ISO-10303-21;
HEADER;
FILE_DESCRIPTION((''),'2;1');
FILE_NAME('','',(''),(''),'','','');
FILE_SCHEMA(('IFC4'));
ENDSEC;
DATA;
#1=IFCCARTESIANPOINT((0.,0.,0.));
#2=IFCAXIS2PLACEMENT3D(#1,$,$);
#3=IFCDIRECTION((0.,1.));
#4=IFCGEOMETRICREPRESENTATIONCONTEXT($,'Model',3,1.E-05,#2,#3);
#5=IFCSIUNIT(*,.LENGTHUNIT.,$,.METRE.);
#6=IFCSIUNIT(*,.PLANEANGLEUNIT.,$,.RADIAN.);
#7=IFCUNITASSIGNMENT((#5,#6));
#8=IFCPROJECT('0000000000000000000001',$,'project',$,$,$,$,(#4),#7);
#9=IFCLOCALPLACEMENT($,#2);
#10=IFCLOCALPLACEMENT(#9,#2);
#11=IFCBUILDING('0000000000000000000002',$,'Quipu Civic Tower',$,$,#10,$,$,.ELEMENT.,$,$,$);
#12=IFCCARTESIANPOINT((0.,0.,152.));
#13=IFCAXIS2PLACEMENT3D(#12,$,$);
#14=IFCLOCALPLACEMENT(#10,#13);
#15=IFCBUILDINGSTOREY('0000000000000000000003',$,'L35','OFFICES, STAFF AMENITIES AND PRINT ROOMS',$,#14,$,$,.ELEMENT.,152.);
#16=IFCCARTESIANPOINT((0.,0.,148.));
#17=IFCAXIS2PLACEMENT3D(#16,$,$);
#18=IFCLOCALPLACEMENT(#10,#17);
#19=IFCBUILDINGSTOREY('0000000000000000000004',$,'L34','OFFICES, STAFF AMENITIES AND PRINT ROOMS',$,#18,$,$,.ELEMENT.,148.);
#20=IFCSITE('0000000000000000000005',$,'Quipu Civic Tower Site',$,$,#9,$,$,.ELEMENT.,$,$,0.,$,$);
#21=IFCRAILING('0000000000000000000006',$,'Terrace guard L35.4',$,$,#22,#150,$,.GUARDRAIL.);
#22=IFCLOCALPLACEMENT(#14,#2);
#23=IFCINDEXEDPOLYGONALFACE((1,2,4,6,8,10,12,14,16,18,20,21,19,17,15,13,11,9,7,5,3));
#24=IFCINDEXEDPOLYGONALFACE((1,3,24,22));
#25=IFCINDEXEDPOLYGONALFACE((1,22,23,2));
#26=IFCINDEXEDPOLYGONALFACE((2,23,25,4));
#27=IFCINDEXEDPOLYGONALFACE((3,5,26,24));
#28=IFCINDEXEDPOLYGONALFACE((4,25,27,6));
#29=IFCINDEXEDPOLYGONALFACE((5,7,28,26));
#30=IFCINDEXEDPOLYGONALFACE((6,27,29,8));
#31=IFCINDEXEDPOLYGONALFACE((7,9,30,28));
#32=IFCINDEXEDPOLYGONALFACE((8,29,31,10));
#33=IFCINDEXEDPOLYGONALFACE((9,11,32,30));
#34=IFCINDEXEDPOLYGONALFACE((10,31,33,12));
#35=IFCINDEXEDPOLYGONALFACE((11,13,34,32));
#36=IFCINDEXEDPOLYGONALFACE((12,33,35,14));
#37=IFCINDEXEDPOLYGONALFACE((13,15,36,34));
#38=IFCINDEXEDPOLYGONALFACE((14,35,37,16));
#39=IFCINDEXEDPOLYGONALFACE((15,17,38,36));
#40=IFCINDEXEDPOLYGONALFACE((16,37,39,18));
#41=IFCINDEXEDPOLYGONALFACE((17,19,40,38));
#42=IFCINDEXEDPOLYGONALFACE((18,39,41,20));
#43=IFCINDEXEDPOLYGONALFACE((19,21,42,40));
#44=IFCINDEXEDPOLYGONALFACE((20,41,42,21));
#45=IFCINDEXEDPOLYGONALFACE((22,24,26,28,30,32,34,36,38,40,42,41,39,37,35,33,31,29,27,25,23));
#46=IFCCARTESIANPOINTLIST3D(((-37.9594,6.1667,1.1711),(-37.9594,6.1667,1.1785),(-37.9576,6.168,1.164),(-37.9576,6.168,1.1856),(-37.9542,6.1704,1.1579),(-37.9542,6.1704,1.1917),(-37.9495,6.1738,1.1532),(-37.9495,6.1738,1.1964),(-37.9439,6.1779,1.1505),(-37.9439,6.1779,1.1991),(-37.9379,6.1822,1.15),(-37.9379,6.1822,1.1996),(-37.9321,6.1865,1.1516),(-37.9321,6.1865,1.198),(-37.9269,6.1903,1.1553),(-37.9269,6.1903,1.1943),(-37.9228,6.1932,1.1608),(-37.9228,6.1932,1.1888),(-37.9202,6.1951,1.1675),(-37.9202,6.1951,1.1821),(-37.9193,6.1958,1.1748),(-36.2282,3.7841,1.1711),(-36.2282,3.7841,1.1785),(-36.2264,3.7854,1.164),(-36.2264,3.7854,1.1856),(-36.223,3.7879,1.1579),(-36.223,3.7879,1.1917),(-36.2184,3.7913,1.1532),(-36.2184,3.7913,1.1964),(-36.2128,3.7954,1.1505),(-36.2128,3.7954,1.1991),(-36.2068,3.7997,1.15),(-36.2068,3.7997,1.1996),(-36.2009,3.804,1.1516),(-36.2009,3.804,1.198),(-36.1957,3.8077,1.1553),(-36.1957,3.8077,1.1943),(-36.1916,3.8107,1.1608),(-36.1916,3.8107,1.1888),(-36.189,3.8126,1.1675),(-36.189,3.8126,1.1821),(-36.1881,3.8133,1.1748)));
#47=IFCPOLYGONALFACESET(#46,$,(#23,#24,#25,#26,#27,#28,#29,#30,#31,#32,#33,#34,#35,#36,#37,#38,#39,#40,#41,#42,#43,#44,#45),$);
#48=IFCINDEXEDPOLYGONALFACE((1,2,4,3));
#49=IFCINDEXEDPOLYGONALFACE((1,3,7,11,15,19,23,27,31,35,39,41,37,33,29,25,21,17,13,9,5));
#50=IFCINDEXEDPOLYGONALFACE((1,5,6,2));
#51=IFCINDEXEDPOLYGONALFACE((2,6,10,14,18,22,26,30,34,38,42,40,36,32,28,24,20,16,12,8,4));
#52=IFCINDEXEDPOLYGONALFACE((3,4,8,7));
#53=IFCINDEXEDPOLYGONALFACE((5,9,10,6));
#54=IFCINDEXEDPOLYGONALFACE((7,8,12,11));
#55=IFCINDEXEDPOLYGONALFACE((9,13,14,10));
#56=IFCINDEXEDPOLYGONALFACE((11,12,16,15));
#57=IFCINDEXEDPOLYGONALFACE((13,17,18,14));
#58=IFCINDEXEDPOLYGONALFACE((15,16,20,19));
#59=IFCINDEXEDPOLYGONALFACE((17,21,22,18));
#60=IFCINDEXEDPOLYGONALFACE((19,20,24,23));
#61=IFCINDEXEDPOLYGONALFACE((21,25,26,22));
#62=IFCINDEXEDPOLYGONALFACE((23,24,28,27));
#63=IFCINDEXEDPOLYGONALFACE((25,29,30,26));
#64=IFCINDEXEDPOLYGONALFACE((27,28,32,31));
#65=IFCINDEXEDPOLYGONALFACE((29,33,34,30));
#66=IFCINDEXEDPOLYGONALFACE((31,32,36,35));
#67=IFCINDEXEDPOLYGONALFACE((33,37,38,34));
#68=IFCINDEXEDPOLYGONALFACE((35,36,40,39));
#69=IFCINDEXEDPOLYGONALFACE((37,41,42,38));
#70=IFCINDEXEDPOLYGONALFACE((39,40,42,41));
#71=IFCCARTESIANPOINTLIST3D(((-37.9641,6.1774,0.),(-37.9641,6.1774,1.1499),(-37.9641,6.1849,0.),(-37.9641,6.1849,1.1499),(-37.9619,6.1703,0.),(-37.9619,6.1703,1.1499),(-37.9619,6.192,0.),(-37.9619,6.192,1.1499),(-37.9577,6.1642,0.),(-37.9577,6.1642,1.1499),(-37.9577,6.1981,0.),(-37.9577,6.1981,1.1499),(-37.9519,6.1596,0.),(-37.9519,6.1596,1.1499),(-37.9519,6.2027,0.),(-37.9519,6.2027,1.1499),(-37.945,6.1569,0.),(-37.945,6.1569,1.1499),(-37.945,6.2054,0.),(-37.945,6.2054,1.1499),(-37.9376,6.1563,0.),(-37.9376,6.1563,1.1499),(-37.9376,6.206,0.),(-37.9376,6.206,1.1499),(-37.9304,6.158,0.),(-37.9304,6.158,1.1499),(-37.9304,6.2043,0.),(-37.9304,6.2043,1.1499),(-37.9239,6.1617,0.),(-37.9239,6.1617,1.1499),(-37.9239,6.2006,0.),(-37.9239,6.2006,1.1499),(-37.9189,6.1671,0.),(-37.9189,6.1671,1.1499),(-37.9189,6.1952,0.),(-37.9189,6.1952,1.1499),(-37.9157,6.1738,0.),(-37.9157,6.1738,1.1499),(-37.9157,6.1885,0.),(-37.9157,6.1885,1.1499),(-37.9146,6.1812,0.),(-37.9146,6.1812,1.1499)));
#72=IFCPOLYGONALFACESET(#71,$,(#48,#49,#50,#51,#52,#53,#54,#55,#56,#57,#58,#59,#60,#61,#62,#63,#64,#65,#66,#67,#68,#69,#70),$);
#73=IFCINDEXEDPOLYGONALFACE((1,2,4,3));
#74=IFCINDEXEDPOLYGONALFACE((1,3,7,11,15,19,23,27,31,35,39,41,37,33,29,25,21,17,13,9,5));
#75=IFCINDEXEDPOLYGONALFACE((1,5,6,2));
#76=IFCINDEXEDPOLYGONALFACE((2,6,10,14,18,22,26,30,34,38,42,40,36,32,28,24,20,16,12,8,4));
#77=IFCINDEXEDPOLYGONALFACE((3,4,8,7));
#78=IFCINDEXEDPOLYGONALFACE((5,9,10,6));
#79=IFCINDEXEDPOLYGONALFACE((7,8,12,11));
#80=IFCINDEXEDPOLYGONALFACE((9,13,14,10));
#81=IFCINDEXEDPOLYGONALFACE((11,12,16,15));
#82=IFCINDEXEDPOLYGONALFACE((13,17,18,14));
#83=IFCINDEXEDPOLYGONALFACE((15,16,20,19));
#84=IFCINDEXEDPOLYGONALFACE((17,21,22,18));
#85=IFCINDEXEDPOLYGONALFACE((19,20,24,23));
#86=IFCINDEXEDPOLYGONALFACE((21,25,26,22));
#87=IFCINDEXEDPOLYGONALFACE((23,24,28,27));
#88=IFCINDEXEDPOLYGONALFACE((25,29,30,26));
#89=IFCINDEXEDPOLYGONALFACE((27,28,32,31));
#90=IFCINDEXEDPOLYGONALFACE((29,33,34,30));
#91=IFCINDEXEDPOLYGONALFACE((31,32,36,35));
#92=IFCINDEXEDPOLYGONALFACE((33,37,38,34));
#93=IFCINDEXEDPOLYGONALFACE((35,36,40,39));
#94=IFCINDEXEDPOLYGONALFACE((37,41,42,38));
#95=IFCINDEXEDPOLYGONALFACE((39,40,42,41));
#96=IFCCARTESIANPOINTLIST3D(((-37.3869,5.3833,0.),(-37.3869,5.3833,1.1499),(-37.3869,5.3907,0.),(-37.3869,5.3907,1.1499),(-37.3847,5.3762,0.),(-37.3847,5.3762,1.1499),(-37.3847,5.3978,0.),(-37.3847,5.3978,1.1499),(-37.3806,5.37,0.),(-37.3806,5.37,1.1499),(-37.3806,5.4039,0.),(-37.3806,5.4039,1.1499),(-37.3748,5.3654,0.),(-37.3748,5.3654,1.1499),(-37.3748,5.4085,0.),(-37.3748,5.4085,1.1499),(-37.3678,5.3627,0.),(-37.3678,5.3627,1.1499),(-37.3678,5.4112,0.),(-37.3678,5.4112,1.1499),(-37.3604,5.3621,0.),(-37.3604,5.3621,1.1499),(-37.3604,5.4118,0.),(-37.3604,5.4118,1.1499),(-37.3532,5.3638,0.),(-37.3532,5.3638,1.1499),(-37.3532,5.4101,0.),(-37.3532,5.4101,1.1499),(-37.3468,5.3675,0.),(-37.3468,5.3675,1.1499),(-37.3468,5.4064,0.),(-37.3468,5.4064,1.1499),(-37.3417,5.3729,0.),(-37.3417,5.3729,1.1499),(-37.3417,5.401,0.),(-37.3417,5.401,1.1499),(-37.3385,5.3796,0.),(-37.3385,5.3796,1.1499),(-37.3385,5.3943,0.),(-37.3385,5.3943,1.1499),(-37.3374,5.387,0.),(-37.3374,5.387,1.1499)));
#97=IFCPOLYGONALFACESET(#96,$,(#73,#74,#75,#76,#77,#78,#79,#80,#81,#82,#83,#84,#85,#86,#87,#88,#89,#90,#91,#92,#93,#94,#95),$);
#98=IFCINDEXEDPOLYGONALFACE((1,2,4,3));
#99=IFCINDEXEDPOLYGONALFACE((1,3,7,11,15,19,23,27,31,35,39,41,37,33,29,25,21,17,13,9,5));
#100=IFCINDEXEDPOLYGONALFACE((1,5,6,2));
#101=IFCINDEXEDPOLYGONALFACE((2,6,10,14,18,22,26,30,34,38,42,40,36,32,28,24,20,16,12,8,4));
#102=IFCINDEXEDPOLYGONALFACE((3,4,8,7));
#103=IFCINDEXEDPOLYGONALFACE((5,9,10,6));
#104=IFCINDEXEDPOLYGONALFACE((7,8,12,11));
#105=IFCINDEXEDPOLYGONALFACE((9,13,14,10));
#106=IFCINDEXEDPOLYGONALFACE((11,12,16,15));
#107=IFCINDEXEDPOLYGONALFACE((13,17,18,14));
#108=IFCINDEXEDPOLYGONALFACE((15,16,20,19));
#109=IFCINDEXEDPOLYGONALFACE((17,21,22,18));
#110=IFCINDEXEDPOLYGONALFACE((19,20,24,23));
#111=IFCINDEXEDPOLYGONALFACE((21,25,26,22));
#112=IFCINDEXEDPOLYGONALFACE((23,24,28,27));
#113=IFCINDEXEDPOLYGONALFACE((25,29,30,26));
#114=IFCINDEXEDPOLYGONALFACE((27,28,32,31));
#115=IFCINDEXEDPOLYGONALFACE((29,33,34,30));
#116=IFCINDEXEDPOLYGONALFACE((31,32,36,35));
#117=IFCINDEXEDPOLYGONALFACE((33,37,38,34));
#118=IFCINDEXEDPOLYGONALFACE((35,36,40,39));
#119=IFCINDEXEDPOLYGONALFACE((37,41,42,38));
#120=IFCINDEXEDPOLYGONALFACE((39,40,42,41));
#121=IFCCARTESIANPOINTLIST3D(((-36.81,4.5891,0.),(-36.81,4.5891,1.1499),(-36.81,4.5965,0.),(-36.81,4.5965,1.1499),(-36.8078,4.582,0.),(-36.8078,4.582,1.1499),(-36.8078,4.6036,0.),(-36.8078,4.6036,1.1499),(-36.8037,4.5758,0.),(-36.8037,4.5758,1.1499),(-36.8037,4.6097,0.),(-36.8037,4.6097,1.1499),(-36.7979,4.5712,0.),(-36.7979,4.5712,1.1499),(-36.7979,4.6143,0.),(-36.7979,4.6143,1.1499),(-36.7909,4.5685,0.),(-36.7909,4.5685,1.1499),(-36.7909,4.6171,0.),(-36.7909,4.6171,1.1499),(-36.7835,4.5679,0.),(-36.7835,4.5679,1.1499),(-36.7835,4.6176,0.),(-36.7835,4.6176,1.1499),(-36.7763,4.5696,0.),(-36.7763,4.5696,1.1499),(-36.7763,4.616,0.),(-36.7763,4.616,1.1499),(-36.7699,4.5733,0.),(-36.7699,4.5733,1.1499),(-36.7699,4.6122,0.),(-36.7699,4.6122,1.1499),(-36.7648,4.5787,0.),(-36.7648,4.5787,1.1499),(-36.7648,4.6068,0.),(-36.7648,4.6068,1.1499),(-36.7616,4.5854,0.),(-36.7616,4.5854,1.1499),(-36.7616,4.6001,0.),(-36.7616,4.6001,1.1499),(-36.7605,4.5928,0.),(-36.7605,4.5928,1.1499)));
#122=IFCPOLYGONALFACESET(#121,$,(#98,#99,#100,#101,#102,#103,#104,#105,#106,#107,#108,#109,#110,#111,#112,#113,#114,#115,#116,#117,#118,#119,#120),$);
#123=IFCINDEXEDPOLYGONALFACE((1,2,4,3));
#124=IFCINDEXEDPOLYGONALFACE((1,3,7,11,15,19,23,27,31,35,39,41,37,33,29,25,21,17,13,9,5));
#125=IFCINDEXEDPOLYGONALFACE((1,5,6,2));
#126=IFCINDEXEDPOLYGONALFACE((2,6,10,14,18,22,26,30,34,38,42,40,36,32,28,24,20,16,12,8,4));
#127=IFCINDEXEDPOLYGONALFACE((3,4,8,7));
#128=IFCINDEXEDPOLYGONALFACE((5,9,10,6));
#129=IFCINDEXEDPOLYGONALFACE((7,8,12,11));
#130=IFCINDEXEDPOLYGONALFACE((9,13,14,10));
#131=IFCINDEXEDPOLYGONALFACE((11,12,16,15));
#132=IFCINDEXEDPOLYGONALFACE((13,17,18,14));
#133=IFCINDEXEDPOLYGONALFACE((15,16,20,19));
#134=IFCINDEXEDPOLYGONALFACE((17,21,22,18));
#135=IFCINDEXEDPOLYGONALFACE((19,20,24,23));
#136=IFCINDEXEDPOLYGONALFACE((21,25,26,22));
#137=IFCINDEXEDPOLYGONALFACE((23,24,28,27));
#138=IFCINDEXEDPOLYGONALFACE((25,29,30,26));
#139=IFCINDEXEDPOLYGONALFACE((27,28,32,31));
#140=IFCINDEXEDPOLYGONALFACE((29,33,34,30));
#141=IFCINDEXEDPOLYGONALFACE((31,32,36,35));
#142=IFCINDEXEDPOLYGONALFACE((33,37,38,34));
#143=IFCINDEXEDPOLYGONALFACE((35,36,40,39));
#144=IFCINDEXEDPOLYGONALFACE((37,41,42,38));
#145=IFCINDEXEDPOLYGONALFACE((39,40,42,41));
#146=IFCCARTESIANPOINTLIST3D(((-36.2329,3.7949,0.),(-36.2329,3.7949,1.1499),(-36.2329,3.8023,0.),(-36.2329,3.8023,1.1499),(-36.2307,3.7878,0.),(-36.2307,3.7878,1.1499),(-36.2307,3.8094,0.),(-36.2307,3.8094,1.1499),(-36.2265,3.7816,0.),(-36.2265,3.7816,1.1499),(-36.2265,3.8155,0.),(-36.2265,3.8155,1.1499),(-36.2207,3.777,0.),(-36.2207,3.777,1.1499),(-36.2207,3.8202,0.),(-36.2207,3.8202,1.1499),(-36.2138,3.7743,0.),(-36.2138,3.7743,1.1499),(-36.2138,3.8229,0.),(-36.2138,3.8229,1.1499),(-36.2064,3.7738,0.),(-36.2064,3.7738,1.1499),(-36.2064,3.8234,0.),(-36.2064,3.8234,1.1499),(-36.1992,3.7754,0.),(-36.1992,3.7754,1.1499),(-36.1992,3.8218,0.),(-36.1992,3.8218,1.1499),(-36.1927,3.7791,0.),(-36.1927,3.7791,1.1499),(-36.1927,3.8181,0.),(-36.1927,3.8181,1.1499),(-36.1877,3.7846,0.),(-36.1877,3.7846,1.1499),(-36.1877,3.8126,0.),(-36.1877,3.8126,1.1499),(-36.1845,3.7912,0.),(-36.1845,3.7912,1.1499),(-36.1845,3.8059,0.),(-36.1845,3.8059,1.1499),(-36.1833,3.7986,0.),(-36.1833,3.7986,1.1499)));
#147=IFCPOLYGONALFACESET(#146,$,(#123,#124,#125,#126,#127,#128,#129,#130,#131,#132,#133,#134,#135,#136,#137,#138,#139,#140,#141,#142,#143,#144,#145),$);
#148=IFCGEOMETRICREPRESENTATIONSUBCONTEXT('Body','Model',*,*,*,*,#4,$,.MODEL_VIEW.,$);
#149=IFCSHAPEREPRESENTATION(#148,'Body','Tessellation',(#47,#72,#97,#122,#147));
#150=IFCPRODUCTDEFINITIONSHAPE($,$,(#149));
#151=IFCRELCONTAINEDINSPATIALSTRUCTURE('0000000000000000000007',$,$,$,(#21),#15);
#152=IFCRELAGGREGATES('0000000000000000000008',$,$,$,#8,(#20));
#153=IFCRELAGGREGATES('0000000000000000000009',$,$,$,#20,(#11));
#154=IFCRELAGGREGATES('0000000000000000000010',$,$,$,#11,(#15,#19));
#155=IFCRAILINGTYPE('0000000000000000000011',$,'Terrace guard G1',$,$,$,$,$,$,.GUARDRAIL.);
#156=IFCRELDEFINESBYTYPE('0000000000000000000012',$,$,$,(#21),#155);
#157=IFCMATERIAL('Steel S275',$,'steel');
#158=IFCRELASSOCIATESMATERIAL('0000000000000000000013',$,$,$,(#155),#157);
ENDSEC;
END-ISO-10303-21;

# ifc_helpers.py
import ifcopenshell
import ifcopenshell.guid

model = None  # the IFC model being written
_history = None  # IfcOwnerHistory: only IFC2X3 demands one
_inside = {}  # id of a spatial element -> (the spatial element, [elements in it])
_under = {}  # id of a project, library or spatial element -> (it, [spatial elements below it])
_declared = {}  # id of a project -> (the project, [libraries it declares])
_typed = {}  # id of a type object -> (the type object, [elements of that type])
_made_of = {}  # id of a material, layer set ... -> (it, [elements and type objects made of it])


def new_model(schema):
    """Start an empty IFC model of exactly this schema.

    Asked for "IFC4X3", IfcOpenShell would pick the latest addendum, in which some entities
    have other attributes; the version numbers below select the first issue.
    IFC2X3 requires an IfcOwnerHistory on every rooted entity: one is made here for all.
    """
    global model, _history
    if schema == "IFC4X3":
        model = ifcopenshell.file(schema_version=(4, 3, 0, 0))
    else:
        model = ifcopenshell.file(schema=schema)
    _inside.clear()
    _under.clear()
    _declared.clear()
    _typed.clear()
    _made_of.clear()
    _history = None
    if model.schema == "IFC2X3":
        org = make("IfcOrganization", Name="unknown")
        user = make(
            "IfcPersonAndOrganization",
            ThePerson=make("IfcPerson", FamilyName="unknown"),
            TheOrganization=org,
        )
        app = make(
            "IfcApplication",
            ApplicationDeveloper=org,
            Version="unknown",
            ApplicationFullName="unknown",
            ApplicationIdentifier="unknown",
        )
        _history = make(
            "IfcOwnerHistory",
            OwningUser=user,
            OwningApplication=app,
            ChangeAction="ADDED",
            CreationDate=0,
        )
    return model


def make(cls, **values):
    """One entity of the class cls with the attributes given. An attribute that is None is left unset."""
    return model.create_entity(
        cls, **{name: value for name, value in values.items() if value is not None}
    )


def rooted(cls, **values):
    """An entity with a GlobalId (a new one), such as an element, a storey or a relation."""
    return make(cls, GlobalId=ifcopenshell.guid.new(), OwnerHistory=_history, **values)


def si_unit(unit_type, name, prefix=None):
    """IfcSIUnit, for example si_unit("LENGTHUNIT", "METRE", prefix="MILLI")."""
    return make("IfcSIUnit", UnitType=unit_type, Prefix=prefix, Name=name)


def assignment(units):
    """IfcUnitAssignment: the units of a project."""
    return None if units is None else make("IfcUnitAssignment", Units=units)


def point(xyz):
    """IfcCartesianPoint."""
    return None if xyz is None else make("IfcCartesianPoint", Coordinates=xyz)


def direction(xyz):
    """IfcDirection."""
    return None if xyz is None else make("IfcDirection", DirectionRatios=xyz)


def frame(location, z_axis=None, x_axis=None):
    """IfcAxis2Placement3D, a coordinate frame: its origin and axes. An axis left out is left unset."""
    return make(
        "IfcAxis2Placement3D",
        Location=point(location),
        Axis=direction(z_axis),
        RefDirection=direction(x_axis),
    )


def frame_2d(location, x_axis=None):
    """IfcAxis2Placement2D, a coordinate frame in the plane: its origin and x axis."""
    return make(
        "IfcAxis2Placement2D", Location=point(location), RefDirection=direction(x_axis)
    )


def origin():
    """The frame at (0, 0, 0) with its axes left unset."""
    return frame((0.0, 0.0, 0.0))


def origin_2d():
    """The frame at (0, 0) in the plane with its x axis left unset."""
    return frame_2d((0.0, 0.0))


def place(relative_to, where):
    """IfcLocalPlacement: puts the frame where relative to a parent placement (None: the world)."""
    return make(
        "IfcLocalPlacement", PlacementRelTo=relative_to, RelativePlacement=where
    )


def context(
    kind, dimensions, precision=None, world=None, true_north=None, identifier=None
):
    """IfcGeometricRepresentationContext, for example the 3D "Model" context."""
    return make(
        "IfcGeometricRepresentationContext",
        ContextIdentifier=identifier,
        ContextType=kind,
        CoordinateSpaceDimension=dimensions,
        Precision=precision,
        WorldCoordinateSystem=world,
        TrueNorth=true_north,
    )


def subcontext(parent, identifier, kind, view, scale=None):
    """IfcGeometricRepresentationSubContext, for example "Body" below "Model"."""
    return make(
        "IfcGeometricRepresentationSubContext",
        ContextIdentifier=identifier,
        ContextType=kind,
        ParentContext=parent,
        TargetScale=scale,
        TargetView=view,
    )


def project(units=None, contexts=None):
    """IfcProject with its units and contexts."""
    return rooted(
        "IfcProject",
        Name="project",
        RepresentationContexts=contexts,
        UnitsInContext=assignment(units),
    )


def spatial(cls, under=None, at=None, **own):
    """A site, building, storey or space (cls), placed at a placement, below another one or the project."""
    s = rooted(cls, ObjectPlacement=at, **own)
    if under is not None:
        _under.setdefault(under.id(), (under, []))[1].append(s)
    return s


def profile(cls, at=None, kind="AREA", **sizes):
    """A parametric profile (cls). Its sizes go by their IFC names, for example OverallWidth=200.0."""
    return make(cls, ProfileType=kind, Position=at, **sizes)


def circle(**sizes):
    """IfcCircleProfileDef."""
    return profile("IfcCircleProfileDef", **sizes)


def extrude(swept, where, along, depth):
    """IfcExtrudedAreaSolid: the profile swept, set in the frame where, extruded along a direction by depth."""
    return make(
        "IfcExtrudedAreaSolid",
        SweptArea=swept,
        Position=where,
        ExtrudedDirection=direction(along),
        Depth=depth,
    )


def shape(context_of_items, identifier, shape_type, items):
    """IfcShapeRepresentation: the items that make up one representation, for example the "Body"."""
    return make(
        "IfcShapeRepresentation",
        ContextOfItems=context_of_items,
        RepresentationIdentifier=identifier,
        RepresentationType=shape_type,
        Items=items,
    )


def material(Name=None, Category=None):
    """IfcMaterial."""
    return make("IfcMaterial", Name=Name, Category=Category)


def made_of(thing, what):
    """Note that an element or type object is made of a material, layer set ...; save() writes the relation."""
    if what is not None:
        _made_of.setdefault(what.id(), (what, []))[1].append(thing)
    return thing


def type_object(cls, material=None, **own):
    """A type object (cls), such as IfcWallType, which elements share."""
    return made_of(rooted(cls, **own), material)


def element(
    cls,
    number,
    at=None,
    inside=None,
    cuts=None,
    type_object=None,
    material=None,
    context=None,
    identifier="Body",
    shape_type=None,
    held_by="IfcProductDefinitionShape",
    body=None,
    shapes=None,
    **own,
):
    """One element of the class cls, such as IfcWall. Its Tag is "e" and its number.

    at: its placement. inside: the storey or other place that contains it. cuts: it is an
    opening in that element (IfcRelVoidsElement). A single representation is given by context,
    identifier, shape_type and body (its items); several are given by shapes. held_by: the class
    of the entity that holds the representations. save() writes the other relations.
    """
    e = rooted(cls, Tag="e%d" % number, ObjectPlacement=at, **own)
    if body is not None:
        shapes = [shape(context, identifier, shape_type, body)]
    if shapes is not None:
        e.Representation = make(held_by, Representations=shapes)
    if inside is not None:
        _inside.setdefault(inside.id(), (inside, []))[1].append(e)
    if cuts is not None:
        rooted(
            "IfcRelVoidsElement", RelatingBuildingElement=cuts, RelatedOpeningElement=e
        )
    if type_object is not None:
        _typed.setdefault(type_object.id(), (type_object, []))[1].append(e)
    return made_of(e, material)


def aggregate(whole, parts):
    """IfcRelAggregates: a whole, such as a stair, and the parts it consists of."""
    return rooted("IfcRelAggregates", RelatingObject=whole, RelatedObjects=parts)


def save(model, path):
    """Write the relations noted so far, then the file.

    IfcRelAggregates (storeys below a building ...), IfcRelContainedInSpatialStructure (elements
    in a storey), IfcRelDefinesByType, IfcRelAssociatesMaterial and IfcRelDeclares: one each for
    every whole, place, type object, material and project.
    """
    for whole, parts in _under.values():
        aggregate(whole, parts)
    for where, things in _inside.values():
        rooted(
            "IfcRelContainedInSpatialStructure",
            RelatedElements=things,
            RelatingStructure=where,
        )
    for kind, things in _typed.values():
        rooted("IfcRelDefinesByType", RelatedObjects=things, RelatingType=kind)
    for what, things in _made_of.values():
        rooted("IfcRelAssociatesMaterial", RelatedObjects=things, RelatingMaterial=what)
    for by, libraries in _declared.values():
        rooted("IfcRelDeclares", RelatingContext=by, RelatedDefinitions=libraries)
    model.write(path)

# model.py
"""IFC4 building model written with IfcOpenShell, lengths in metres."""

from ifc_helpers import new_model, si_unit, direction, frame, origin, origin_2d, place, context, subcontext, project, spatial, circle, extrude, material, type_object, element, save


model = new_model("IFC4")

# Units and contexts
model_context = context("Model", 3, precision=1e-05, world=origin(), true_north=direction((0.0, 1.0)))
body_context = subcontext(model_context, "Body", "Model", "MODEL_VIEW")
ifc_project = project(units=[si_unit("LENGTHUNIT", "METRE"), si_unit("PLANEANGLEUNIT", "RADIAN")], contexts=[model_context])

# Site, building, storey
site_placement = place(None, origin())
site = spatial("IfcSite", under=ifc_project, at=site_placement, Name="Quipu Civic Tower Site", CompositionType="ELEMENT", RefElevation=0.0)
building_placement = place(site_placement, origin())
building = spatial("IfcBuilding", under=site, at=building_placement, Name="Quipu Civic Tower", CompositionType="ELEMENT")
storey_1_placement = place(building_placement, frame((0.0, 0.0, 152.0)))
storey_1 = spatial("IfcBuildingStorey", under=building, at=storey_1_placement, Name="L35", Description="OFFICES, STAFF AMENITIES AND PRINT ROOMS", CompositionType="ELEMENT", Elevation=152.0)

# Shared definitions
storey_2_placement = place(building_placement, frame((0.0, 0.0, 148.0)))
storey_2 = spatial("IfcBuildingStorey", under=building, at=storey_2_placement, Name="L34", Description="OFFICES, STAFF AMENITIES AND PRINT ROOMS", CompositionType="ELEMENT", Elevation=148.0)

# Railing
ifc_material_1 = material(Name="Steel S275", Category="steel")
railing_type = type_object("IfcRailingType", Name="Terrace guard G1", PredefinedType="GUARDRAIL", material=ifc_material_1)
railing_1_placement = place(storey_1_placement, frame((-37.9395, 6.1812, 0.0)))
element("IfcRailing", 1, at=railing_1_placement, inside=storey_1, type_object=railing_type, Name="Terrace guard L35.4", PredefinedType="GUARDRAIL", context=body_context, shape_type="SweptSolid", body=[
    extrude(circle(Radius=0.0249, at=origin_2d()), frame((0.0, 0.0, 1.1748), z_axis=(0.587822, -0.808991, 0.0), x_axis=(0.808991, 0.587822, 0.0)), (0.0, 0.0, 1.0), 2.9451),
    extrude(circle(Radius=0.0249, at=origin_2d()), origin(), (0.0, 0.0, 1.0), 1.1499),
    extrude(circle(Radius=0.0249, at=origin_2d()), frame((0.5771, -0.7942, 0.0)), (0.0, 0.0, 1.0), 1.1499),
    extrude(circle(Radius=0.0249, at=origin_2d()), frame((1.1541, -1.5884, 0.0)), (0.0, 0.0, 1.0), 1.1499),
    extrude(circle(Radius=0.0249, at=origin_2d()), frame((1.7312, -2.3826, 0.0)), (0.0, 0.0, 1.0), 1.1499),
])

save(model, "model.ifc")
